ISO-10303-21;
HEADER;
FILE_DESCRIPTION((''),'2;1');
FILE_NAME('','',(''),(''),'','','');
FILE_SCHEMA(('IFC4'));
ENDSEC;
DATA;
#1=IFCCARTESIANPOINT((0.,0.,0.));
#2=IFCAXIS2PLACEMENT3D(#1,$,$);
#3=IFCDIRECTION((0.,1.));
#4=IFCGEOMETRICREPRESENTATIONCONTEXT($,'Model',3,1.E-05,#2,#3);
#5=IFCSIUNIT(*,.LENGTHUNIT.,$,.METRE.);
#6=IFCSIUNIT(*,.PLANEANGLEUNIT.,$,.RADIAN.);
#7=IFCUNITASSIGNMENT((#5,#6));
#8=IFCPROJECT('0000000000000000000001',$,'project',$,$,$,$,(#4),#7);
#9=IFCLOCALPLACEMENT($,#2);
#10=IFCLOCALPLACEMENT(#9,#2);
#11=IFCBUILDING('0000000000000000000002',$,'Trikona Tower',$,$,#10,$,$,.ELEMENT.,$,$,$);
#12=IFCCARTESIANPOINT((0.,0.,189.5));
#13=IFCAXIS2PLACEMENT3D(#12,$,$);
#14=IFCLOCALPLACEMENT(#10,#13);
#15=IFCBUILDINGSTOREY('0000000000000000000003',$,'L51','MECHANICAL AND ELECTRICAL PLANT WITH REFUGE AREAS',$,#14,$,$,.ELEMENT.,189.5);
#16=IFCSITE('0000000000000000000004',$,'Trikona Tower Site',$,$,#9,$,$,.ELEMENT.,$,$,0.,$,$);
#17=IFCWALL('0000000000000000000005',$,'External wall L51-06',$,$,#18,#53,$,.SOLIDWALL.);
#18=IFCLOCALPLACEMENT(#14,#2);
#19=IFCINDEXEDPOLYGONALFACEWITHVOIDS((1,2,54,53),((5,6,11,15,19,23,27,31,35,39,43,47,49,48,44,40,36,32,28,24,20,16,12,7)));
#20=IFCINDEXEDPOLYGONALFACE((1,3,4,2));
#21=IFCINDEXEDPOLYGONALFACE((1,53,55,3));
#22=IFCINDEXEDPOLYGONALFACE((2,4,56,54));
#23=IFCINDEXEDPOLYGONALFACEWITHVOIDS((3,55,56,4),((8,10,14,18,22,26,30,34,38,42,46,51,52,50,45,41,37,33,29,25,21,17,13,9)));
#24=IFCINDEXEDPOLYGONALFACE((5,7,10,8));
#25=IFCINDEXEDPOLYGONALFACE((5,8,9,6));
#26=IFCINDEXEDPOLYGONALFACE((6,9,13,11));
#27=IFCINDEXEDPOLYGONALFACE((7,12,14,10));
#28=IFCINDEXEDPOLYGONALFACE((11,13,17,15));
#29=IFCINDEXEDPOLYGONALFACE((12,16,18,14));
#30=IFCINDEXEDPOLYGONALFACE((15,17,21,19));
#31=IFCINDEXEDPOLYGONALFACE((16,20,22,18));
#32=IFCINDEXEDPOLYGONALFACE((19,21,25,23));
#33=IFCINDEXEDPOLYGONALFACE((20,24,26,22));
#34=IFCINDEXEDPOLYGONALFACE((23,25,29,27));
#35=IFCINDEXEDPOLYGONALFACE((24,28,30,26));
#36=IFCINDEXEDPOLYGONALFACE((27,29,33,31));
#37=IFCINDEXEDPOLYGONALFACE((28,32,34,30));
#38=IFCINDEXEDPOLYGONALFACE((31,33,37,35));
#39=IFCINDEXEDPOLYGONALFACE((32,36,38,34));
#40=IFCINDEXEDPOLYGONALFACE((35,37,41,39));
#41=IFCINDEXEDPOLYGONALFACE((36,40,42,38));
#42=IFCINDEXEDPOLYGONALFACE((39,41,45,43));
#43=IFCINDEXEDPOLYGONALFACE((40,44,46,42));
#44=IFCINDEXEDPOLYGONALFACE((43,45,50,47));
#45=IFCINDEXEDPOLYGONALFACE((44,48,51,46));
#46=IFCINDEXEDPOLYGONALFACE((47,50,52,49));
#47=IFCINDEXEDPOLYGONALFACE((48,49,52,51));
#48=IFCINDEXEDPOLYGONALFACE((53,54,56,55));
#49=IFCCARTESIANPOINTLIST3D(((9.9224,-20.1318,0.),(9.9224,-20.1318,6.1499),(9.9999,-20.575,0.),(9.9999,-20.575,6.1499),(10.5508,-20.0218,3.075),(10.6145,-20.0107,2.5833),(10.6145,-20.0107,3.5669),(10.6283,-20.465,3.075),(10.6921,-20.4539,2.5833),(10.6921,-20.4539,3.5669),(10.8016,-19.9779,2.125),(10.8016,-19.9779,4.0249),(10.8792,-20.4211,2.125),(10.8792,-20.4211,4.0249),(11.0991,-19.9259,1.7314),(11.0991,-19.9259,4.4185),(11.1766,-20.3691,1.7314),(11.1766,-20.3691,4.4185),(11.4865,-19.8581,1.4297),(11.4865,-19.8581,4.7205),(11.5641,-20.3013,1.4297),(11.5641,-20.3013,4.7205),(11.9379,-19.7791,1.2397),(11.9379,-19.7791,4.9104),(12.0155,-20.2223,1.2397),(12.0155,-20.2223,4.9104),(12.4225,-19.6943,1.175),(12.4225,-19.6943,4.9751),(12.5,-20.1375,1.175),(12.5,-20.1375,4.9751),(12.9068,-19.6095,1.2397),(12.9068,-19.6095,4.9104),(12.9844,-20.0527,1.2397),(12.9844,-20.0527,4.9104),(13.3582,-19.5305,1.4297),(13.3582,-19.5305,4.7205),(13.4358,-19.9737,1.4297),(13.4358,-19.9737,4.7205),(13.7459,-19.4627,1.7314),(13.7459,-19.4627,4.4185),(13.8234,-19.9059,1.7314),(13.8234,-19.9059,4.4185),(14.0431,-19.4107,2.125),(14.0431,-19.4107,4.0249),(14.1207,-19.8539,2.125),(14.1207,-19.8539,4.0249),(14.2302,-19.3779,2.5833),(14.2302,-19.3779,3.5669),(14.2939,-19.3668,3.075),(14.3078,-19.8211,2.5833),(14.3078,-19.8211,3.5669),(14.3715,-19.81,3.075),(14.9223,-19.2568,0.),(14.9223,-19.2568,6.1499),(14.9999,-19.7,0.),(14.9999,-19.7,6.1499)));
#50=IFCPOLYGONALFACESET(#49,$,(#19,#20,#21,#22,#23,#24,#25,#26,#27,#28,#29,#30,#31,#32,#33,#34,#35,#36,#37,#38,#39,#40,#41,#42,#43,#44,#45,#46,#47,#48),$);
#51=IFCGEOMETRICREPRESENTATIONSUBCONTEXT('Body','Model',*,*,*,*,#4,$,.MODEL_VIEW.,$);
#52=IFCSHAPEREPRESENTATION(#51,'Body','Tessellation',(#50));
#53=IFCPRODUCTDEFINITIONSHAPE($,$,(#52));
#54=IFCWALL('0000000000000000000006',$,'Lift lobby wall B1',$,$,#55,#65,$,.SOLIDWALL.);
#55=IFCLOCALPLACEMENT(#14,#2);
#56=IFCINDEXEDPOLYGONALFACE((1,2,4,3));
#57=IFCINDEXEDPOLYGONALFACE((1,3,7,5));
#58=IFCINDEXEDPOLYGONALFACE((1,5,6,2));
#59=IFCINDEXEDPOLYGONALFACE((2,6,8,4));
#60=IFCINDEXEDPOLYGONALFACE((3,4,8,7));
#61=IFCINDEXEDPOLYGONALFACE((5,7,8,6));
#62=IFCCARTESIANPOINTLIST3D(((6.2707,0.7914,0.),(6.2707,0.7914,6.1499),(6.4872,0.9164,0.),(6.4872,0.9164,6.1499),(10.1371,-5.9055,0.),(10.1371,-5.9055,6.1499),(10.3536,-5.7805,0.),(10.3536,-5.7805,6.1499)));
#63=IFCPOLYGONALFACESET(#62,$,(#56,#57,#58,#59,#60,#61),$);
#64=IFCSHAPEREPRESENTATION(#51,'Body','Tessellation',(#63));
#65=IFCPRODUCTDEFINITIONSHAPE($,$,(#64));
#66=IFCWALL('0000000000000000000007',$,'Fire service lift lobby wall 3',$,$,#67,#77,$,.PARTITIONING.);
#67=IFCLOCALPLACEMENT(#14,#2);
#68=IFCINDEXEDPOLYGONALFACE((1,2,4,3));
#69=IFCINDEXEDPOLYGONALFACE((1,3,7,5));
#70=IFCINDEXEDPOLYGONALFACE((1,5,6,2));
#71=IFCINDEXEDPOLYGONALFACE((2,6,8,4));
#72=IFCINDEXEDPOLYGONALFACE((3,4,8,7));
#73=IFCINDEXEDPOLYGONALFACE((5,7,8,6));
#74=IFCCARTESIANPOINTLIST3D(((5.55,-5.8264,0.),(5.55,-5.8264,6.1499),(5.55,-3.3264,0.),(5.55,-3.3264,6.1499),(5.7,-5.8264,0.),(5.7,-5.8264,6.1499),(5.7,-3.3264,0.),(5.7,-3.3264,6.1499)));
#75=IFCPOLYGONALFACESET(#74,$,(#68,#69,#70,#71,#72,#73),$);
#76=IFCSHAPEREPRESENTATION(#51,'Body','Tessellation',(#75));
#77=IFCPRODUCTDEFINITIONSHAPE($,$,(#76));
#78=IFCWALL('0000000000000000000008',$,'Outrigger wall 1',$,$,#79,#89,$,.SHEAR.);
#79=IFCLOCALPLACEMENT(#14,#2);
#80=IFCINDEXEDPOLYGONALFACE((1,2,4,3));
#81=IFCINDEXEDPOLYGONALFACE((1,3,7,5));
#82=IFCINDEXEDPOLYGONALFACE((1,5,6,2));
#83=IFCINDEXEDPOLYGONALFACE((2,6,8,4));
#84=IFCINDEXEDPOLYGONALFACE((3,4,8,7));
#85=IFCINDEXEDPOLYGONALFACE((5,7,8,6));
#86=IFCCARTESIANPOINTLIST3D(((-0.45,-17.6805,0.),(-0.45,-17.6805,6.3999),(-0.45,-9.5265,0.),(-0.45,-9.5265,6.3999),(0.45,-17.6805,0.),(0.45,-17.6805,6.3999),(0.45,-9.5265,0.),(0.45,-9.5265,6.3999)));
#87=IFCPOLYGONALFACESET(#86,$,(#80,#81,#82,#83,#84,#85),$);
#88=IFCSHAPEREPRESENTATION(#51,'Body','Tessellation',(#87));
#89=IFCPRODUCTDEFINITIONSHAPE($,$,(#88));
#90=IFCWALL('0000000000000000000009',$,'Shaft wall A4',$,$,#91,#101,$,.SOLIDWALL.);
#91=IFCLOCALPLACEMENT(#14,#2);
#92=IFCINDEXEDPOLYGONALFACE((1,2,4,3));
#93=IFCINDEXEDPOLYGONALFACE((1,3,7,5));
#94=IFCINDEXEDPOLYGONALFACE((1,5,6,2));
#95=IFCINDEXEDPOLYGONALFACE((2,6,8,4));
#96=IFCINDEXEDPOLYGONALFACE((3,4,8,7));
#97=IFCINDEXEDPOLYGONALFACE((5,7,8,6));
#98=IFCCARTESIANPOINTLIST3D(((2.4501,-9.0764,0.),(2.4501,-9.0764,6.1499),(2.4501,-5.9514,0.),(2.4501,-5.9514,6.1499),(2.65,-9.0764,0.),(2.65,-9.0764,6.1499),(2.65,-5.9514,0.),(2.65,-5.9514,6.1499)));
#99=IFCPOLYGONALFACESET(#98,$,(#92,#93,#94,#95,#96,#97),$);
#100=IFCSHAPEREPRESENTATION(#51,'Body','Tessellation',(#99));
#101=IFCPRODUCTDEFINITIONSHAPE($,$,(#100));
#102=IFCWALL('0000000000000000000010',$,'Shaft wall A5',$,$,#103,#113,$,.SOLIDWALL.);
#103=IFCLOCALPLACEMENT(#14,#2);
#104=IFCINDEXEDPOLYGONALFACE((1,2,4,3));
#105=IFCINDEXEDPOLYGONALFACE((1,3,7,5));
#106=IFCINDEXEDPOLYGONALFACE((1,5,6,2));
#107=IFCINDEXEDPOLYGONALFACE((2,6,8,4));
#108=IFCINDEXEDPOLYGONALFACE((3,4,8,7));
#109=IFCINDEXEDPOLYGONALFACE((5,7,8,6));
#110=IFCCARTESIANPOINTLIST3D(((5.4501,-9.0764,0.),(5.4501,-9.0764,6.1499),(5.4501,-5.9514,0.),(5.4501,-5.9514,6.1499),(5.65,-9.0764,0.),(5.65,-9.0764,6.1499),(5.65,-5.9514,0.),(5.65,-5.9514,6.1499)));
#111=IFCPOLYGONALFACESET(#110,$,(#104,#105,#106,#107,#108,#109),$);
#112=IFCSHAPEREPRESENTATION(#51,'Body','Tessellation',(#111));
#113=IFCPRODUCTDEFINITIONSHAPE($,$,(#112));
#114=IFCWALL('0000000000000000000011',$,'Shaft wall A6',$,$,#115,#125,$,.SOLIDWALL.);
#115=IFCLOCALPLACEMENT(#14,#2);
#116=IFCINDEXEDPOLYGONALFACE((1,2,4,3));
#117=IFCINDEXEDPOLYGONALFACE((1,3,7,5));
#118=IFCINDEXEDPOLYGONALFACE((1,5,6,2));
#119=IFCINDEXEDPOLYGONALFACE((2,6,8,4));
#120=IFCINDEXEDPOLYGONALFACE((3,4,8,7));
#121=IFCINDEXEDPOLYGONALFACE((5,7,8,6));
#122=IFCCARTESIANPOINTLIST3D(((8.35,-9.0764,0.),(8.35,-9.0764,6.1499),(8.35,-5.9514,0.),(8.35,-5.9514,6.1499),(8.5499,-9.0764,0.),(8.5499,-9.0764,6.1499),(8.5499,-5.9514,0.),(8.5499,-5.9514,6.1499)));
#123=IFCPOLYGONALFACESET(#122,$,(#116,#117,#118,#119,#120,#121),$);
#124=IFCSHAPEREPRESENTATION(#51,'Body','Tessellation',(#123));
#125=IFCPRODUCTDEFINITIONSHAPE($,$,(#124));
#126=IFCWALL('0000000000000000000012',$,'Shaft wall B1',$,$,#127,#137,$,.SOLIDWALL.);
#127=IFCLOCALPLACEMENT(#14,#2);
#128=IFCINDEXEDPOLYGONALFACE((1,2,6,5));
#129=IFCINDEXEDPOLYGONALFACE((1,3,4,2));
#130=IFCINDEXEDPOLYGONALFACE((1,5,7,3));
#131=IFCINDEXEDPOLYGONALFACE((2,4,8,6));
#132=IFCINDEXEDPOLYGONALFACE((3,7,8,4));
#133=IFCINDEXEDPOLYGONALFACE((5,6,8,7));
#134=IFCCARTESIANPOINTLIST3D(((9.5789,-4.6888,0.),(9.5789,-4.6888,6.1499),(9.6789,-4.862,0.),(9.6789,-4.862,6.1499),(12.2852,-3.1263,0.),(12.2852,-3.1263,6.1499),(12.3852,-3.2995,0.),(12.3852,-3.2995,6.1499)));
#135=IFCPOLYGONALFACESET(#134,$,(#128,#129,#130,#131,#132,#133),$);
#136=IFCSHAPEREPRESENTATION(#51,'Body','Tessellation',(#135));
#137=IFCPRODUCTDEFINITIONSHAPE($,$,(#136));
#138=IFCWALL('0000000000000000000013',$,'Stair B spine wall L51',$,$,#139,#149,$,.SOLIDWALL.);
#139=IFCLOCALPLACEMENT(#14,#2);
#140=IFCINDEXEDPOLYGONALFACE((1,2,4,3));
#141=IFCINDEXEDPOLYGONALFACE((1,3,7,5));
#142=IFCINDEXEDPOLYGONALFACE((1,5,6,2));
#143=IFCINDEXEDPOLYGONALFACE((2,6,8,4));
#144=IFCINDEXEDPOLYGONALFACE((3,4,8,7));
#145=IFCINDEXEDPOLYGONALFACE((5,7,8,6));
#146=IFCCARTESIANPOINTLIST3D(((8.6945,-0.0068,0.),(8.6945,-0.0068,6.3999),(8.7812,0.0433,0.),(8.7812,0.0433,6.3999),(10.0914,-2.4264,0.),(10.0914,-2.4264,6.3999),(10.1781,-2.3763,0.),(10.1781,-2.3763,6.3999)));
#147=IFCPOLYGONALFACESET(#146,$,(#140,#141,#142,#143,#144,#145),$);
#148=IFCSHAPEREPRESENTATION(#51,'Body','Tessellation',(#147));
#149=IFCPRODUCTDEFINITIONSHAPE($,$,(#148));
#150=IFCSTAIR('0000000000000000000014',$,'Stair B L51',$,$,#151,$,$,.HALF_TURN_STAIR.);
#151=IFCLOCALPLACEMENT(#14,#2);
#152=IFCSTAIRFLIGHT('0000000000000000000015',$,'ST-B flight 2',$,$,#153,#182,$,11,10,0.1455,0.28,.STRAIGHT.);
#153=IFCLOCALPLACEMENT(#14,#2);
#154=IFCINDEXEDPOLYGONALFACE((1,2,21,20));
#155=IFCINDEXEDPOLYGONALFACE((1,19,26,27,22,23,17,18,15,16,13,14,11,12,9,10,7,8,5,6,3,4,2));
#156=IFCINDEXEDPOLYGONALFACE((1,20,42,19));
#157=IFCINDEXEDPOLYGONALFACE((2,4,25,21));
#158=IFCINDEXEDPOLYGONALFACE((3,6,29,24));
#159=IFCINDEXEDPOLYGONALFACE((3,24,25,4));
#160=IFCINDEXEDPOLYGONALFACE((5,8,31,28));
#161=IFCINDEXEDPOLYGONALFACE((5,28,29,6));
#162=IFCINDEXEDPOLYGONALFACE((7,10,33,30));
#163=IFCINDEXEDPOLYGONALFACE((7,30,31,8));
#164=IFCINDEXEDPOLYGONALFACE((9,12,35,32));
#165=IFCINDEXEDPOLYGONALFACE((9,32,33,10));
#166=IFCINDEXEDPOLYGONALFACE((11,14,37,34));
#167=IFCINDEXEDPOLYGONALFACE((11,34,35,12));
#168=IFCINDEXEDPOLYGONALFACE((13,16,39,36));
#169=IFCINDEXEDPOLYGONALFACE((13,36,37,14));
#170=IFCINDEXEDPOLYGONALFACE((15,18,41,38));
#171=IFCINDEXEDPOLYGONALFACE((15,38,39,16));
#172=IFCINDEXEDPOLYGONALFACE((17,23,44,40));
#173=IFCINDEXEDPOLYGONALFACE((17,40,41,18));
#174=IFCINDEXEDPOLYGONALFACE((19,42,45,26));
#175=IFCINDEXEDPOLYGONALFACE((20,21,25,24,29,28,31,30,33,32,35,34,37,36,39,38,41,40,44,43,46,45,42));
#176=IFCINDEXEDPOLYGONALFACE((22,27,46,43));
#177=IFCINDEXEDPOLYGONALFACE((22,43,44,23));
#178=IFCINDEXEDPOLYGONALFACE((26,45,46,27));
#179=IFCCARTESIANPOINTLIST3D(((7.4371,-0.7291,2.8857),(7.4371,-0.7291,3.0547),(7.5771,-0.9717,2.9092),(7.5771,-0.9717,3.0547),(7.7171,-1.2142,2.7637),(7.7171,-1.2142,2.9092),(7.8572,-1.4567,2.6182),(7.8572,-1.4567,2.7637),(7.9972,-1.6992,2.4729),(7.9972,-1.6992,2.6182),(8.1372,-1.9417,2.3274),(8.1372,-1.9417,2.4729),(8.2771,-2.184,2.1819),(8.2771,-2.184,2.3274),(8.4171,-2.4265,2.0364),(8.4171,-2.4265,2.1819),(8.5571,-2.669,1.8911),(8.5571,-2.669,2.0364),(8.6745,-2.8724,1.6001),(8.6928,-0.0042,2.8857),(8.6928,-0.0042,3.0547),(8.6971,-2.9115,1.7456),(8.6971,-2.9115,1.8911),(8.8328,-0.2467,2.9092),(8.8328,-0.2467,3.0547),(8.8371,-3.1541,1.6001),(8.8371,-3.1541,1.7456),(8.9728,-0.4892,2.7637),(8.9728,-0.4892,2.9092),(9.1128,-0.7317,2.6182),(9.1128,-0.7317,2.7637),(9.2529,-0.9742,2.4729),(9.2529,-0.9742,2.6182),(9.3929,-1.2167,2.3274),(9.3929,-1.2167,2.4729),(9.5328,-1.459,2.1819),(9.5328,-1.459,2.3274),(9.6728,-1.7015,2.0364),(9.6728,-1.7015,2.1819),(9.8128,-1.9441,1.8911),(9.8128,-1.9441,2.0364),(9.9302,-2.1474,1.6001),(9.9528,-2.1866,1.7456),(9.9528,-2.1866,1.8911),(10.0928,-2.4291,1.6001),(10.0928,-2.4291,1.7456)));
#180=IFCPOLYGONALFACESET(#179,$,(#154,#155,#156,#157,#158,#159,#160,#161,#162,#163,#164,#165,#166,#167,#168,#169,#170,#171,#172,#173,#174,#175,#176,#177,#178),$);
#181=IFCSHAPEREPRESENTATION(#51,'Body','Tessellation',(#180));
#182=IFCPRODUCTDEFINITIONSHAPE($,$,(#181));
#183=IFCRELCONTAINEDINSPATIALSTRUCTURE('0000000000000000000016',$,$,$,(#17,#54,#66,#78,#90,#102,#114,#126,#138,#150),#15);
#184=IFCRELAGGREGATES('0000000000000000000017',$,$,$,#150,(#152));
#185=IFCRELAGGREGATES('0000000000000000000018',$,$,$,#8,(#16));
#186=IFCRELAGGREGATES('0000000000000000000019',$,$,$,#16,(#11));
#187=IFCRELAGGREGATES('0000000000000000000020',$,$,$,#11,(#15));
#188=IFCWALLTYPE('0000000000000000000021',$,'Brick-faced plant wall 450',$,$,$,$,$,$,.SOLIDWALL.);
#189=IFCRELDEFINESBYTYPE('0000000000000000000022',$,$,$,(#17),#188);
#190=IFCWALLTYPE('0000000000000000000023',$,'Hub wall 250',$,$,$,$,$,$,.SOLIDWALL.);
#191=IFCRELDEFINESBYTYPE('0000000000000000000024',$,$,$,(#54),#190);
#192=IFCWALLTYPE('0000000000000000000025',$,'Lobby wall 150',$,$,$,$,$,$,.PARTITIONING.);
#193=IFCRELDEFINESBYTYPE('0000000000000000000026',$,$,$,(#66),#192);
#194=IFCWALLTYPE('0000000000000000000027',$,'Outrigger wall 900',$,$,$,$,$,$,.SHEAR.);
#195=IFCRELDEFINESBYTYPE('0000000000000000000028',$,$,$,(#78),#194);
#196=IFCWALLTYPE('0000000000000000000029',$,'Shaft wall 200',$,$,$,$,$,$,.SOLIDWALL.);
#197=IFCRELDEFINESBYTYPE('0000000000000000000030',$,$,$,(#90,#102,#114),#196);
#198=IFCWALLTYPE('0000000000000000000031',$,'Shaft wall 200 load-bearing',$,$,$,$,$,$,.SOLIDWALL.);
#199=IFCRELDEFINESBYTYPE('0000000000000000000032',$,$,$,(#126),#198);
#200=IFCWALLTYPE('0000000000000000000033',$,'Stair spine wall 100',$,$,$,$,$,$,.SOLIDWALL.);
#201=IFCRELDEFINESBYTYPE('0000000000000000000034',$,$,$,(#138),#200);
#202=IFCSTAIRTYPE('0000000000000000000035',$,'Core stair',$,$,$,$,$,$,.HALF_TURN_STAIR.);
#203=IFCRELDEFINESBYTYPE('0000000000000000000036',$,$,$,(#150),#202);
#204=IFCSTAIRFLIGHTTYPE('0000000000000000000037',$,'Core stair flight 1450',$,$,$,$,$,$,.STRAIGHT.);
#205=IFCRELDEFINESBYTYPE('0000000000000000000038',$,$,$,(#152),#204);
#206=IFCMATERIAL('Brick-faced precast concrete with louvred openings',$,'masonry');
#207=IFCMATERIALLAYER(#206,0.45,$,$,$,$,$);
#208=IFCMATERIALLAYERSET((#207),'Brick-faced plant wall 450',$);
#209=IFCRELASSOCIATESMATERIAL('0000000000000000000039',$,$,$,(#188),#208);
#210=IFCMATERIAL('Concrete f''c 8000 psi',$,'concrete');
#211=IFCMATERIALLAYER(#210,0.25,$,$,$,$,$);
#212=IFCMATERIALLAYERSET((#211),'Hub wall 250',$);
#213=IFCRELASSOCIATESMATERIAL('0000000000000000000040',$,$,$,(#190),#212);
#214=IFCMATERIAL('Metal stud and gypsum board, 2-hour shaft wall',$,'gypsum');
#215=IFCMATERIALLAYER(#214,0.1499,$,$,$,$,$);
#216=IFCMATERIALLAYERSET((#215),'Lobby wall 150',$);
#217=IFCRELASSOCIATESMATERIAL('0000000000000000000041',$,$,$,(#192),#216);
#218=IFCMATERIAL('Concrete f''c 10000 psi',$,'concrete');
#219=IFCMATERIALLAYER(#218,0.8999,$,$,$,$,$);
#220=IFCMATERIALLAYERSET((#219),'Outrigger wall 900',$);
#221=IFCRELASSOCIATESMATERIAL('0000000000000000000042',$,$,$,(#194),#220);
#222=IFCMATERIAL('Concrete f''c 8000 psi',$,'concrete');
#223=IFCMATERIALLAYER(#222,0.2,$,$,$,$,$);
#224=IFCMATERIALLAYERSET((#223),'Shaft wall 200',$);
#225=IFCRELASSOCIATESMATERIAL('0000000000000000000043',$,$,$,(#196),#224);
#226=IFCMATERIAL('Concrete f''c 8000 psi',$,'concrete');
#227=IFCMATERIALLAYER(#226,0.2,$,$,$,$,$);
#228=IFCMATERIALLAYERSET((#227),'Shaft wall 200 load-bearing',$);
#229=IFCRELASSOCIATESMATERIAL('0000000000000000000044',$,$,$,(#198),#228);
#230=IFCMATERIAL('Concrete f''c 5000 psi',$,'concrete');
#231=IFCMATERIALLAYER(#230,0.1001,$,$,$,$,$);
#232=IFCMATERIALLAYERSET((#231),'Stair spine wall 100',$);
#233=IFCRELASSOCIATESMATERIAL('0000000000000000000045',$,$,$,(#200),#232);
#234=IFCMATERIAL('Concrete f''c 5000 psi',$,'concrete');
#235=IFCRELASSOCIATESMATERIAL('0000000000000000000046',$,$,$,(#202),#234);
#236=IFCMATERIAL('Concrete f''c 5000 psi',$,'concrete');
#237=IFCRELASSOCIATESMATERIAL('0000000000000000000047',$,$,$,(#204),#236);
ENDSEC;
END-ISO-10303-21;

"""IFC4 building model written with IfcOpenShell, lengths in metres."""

from ifc_helpers import new_model, si_unit, direction, frame, frame_2d, origin, place, context, subcontext, project, spatial, polyline, rectangle, outline, extrude, material, layer, layer_set, type_object, element, aggregate, save


model = new_model("IFC4")

# Units and contexts
model_context = context("Model", 3, precision=1e-05, world=origin(), true_north=direction((0.0, 1.0)))
body_context = subcontext(model_context, "Body", "Model", "MODEL_VIEW")
ifc_project = project(units=[si_unit("LENGTHUNIT", "METRE"), si_unit("PLANEANGLEUNIT", "RADIAN")], contexts=[model_context])

# Site, building, storey
site_placement = place(None, origin())
site = spatial("IfcSite", under=ifc_project, at=site_placement, Name="Trikona Tower Site", CompositionType="ELEMENT", RefElevation=0.0)
building_placement = place(site_placement, origin())
building = spatial("IfcBuilding", under=site, at=building_placement, Name="Trikona Tower", CompositionType="ELEMENT")
storey_placement = place(building_placement, frame((0.0, 0.0, 189.5)))
storey = spatial("IfcBuildingStorey", under=building, at=storey_placement, Name="L51", Description="MECHANICAL AND ELECTRICAL PLANT WITH REFUGE AREAS", CompositionType="ELEMENT", Elevation=189.5)

# Walls
ifc_material_1 = material(Name="Brick-faced precast concrete with louvred openings", Category="masonry")
ifc_layer_1 = layer(ifc_material_1, 0.45)
ifc_layer_set_1 = layer_set([ifc_layer_1], Name="Brick-faced plant wall 450")
wall_type_1 = type_object("IfcWallType", Name="Brick-faced plant wall 450", PredefinedType="SOLIDWALL", material=ifc_layer_set_1)
wall_1_placement = place(storey_placement, frame((9.9612, -20.3535, 0.0), z_axis=(0.0, 0.0, 1.0), x_axis=(0.98503, 0.17238, 0.0)))
element("IfcWall", 1, at=wall_1_placement, inside=storey, type_object=wall_type_1, Name="External wall L51-06", PredefinedType="SOLIDWALL", context=body_context, shape_type="SweptSolid", body=[
    extrude(outline(polyline([(0.0, 0.0), (5.0759, 0.0), (5.0759, 6.1499), (0.0, 6.1499), (0.0, 0.0)]), holes=[polyline([(4.438, 3.075), (4.3733, 3.5669), (4.1833, 4.0249), (3.8816, 4.4185), (3.488, 4.7205), (3.0298, 4.9104), (2.5381, 4.9751), (2.0461, 4.9104), (1.5879, 4.7205), (1.1946, 4.4185), (0.8926, 4.0249), (0.7026, 3.5669), (0.6379, 3.075), (0.7026, 2.5833), (0.8926, 2.125), (1.1946, 1.7314), (1.5879, 1.4297), (2.0461, 1.2397), (2.5381, 1.175), (3.0298, 1.2397), (3.488, 1.4297), (3.8816, 1.7314), (4.1833, 2.125), (4.3733, 2.5833), (4.438, 3.075)])]), frame((0.0, 0.2251, 0.0), z_axis=(0.0, -1.0, 0.0), x_axis=(1.0, 0.0, 0.0)), (0.0, 0.0, 1.0), 0.45),
])
ifc_material_2 = material(Name="Concrete f'c 8000 psi", Category="concrete")
ifc_layer_2 = layer(ifc_material_2, 0.25)
ifc_layer_set_2 = layer_set([ifc_layer_2], Name="Hub wall 250")
wall_type_2 = type_object("IfcWallType", Name="Hub wall 250", PredefinedType="SOLIDWALL", material=ifc_layer_set_2)
wall_2_placement = place(storey_placement, frame((10.2454, -5.843, 0.0), z_axis=(0.0, 0.0, 1.0), x_axis=(-0.499993, 0.866029, 0.0)))
element("IfcWall", 2, at=wall_2_placement, inside=storey, type_object=wall_type_2, Name="Lift lobby wall B1", PredefinedType="SOLIDWALL", context=body_context, shape_type="SweptSolid", body=[
    extrude(rectangle(XDim=7.7329, YDim=0.25, at=frame_2d((3.8665, 0.0))), origin(), (0.0, 0.0, 1.0), 6.1499),
])
ifc_material_3 = material(Name="Metal stud and gypsum board, 2-hour shaft wall", Category="gypsum")
ifc_layer_3 = layer(ifc_material_3, 0.1499)
ifc_layer_set_3 = layer_set([ifc_layer_3], Name="Lobby wall 150")
wall_type_3 = type_object("IfcWallType", Name="Lobby wall 150", PredefinedType="PARTITIONING", material=ifc_layer_set_3)
wall_3_placement = place(storey_placement, frame((5.625, -5.8264, 0.0), z_axis=(0.0, 0.0, 1.0), x_axis=(0.0, 1.0, 0.0)))
element("IfcWall", 3, at=wall_3_placement, inside=storey, type_object=wall_type_3, Name="Fire service lift lobby wall 3", PredefinedType="PARTITIONING", context=body_context, shape_type="SweptSolid", body=[
    extrude(rectangle(XDim=2.5, YDim=0.1499, at=frame_2d((1.25, 0.0))), origin(), (0.0, 0.0, 1.0), 6.1499),
])
ifc_material_4 = material(Name="Concrete f'c 10000 psi", Category="concrete")
ifc_layer_4 = layer(ifc_material_4, 0.8999)
ifc_layer_set_4 = layer_set([ifc_layer_4], Name="Outrigger wall 900")
wall_type_4 = type_object("IfcWallType", Name="Outrigger wall 900", PredefinedType="SHEAR", material=ifc_layer_set_4)
wall_4_placement = place(storey_placement, frame((0.0, -9.5264, 0.0), z_axis=(0.0, 0.0, 1.0), x_axis=(0.0, -1.0, 0.0)))
element("IfcWall", 4, at=wall_4_placement, inside=storey, type_object=wall_type_4, Name="Outrigger wall 1", PredefinedType="SHEAR", context=body_context, shape_type="SweptSolid", body=[
    extrude(rectangle(XDim=8.1541, YDim=0.8999, at=frame_2d((4.0771, 0.0))), origin(), (0.0, 0.0, 1.0), 6.3999),
])
ifc_material_5 = material(Name="Concrete f'c 8000 psi", Category="concrete")
ifc_layer_5 = layer(ifc_material_5, 0.2)
ifc_layer_set_5 = layer_set([ifc_layer_5], Name="Shaft wall 200")
wall_type_5 = type_object("IfcWallType", Name="Shaft wall 200", PredefinedType="SOLIDWALL", material=ifc_layer_set_5)
for number, where, z_axis, x_axis, name in (
    (5, (2.55, -5.9514, 0.0), (0.0, 0.0, 1.0), (0.0, -1.0, 0.0), "Shaft wall A4"),
    (6, (5.55, -5.9514, 0.0), (0.0, 0.0, 1.0), (0.0, -1.0, 0.0), "Shaft wall A5"),
    (7, (8.45, -5.9514, 0.0), (0.0, 0.0, 1.0), (0.0, -1.0, 0.0), "Shaft wall A6"),
):
    element("IfcWall", number, at=place(storey_placement, frame(where, z_axis=z_axis, x_axis=x_axis)), inside=storey, type_object=wall_type_5, Name=name, PredefinedType="SOLIDWALL", context=body_context, shape_type="SweptSolid", body=[
        extrude(rectangle(XDim=3.125, YDim=0.2, at=frame_2d((1.5625, 0.0))), origin(), (0.0, 0.0, 1.0), 6.1499),
    ])
ifc_material_6 = material(Name="Concrete f'c 8000 psi", Category="concrete")
ifc_layer_6 = layer(ifc_material_6, 0.2)
ifc_layer_set_6 = layer_set([ifc_layer_6], Name="Shaft wall 200 load-bearing")
wall_type_6 = type_object("IfcWallType", Name="Shaft wall 200 load-bearing", PredefinedType="SOLIDWALL", material=ifc_layer_set_6)
wall_5_placement = place(storey_placement, frame((9.6289, -4.7754, 0.0), z_axis=(0.0, 0.0, 1.0), x_axis=(0.866023, 0.500004, 0.0)))
element("IfcWall", 8, at=wall_5_placement, inside=storey, type_object=wall_type_6, Name="Shaft wall B1", PredefinedType="SOLIDWALL", context=body_context, shape_type="SweptSolid", body=[
    extrude(rectangle(XDim=3.125, YDim=0.2, at=frame_2d((1.5625, 0.0))), origin(), (0.0, 0.0, 1.0), 6.1499),
])
ifc_material_7 = material(Name="Concrete f'c 5000 psi", Category="concrete")
ifc_layer_7 = layer(ifc_material_7, 0.1001)
ifc_layer_set_7 = layer_set([ifc_layer_7], Name="Stair spine wall 100")
wall_type_7 = type_object("IfcWallType", Name="Stair spine wall 100", PredefinedType="SOLIDWALL", material=ifc_layer_set_7)
wall_6_placement = place(storey_placement, frame((10.1348, -2.4014, 0.0), z_axis=(0.0, 0.0, 1.0), x_axis=(-0.499992, 0.86603, 0.0)))
element("IfcWall", 9, at=wall_6_placement, inside=storey, type_object=wall_type_7, Name="Stair B spine wall L51", PredefinedType="SOLIDWALL", context=body_context, shape_type="SweptSolid", body=[
    extrude(rectangle(XDim=2.7939, YDim=0.1001, at=frame_2d((1.397, 0.0))), origin(), (0.0, 0.0, 1.0), 6.3999),
])

# Stair, stair flight
ifc_material_8 = material(Name="Concrete f'c 5000 psi", Category="concrete")
stair_type = type_object("IfcStairType", Name="Core stair", PredefinedType="HALF_TURN_STAIR", material=ifc_material_8)
stair_placement = place(storey_placement, origin())
stair = element("IfcStair", 10, at=stair_placement, inside=storey, type_object=stair_type, Name="Stair B L51", PredefinedType="HALF_TURN_STAIR")
ifc_material_9 = material(Name="Concrete f'c 5000 psi", Category="concrete")
stair_flight_type = type_object("IfcStairFlightType", Name="Core stair flight 1450", PredefinedType="STRAIGHT", material=ifc_material_9)
stair_flight_1_placement = place(storey_placement, frame((9.4651, -2.7915, 1.6001), z_axis=(0.0, 0.0, 1.0), x_axis=(-0.5, 0.866025, 0.0)))
stair_flight_1 = element("IfcStairFlight", 11, at=stair_flight_1_placement, type_object=stair_flight_type, Name="ST-B flight 2", NumberOfRisers=11, NumberOfTreads=10, PredefinedType="STRAIGHT", RiserHeight=0.1455, TreadLength=0.28, context=body_context, shape_type="SweptSolid", body=[
    extrude(outline(polyline([(0.0, 0.0), (0.0, 0.1455), (0.28, 0.1455), (0.28, 0.291), (0.5601, 0.291), (0.5601, 0.4363), (0.8401, 0.4363), (0.8401, 0.5818), (1.1201, 0.5818), (1.1201, 0.7273), (1.3999, 0.7273), (1.3999, 0.8728), (1.6799, 0.8728), (1.6799, 1.0181), (1.96, 1.0181), (1.96, 1.1636), (2.24, 1.1636), (2.24, 1.3091), (2.52, 1.3091), (2.52, 1.4546), (2.8, 1.4546), (2.8, 1.6001), (2.8, 1.2856), (0.3252, 0.0), (0.0, 0.0)])), frame((0.0, 0.7251, 0.0), z_axis=(0.0, -1.0, 0.0), x_axis=(1.0, 0.0, 0.0)), (0.0, 0.0, 1.0), 1.45),
])
aggregate(stair, [stair_flight_1])

save(model, "model.ifc")
